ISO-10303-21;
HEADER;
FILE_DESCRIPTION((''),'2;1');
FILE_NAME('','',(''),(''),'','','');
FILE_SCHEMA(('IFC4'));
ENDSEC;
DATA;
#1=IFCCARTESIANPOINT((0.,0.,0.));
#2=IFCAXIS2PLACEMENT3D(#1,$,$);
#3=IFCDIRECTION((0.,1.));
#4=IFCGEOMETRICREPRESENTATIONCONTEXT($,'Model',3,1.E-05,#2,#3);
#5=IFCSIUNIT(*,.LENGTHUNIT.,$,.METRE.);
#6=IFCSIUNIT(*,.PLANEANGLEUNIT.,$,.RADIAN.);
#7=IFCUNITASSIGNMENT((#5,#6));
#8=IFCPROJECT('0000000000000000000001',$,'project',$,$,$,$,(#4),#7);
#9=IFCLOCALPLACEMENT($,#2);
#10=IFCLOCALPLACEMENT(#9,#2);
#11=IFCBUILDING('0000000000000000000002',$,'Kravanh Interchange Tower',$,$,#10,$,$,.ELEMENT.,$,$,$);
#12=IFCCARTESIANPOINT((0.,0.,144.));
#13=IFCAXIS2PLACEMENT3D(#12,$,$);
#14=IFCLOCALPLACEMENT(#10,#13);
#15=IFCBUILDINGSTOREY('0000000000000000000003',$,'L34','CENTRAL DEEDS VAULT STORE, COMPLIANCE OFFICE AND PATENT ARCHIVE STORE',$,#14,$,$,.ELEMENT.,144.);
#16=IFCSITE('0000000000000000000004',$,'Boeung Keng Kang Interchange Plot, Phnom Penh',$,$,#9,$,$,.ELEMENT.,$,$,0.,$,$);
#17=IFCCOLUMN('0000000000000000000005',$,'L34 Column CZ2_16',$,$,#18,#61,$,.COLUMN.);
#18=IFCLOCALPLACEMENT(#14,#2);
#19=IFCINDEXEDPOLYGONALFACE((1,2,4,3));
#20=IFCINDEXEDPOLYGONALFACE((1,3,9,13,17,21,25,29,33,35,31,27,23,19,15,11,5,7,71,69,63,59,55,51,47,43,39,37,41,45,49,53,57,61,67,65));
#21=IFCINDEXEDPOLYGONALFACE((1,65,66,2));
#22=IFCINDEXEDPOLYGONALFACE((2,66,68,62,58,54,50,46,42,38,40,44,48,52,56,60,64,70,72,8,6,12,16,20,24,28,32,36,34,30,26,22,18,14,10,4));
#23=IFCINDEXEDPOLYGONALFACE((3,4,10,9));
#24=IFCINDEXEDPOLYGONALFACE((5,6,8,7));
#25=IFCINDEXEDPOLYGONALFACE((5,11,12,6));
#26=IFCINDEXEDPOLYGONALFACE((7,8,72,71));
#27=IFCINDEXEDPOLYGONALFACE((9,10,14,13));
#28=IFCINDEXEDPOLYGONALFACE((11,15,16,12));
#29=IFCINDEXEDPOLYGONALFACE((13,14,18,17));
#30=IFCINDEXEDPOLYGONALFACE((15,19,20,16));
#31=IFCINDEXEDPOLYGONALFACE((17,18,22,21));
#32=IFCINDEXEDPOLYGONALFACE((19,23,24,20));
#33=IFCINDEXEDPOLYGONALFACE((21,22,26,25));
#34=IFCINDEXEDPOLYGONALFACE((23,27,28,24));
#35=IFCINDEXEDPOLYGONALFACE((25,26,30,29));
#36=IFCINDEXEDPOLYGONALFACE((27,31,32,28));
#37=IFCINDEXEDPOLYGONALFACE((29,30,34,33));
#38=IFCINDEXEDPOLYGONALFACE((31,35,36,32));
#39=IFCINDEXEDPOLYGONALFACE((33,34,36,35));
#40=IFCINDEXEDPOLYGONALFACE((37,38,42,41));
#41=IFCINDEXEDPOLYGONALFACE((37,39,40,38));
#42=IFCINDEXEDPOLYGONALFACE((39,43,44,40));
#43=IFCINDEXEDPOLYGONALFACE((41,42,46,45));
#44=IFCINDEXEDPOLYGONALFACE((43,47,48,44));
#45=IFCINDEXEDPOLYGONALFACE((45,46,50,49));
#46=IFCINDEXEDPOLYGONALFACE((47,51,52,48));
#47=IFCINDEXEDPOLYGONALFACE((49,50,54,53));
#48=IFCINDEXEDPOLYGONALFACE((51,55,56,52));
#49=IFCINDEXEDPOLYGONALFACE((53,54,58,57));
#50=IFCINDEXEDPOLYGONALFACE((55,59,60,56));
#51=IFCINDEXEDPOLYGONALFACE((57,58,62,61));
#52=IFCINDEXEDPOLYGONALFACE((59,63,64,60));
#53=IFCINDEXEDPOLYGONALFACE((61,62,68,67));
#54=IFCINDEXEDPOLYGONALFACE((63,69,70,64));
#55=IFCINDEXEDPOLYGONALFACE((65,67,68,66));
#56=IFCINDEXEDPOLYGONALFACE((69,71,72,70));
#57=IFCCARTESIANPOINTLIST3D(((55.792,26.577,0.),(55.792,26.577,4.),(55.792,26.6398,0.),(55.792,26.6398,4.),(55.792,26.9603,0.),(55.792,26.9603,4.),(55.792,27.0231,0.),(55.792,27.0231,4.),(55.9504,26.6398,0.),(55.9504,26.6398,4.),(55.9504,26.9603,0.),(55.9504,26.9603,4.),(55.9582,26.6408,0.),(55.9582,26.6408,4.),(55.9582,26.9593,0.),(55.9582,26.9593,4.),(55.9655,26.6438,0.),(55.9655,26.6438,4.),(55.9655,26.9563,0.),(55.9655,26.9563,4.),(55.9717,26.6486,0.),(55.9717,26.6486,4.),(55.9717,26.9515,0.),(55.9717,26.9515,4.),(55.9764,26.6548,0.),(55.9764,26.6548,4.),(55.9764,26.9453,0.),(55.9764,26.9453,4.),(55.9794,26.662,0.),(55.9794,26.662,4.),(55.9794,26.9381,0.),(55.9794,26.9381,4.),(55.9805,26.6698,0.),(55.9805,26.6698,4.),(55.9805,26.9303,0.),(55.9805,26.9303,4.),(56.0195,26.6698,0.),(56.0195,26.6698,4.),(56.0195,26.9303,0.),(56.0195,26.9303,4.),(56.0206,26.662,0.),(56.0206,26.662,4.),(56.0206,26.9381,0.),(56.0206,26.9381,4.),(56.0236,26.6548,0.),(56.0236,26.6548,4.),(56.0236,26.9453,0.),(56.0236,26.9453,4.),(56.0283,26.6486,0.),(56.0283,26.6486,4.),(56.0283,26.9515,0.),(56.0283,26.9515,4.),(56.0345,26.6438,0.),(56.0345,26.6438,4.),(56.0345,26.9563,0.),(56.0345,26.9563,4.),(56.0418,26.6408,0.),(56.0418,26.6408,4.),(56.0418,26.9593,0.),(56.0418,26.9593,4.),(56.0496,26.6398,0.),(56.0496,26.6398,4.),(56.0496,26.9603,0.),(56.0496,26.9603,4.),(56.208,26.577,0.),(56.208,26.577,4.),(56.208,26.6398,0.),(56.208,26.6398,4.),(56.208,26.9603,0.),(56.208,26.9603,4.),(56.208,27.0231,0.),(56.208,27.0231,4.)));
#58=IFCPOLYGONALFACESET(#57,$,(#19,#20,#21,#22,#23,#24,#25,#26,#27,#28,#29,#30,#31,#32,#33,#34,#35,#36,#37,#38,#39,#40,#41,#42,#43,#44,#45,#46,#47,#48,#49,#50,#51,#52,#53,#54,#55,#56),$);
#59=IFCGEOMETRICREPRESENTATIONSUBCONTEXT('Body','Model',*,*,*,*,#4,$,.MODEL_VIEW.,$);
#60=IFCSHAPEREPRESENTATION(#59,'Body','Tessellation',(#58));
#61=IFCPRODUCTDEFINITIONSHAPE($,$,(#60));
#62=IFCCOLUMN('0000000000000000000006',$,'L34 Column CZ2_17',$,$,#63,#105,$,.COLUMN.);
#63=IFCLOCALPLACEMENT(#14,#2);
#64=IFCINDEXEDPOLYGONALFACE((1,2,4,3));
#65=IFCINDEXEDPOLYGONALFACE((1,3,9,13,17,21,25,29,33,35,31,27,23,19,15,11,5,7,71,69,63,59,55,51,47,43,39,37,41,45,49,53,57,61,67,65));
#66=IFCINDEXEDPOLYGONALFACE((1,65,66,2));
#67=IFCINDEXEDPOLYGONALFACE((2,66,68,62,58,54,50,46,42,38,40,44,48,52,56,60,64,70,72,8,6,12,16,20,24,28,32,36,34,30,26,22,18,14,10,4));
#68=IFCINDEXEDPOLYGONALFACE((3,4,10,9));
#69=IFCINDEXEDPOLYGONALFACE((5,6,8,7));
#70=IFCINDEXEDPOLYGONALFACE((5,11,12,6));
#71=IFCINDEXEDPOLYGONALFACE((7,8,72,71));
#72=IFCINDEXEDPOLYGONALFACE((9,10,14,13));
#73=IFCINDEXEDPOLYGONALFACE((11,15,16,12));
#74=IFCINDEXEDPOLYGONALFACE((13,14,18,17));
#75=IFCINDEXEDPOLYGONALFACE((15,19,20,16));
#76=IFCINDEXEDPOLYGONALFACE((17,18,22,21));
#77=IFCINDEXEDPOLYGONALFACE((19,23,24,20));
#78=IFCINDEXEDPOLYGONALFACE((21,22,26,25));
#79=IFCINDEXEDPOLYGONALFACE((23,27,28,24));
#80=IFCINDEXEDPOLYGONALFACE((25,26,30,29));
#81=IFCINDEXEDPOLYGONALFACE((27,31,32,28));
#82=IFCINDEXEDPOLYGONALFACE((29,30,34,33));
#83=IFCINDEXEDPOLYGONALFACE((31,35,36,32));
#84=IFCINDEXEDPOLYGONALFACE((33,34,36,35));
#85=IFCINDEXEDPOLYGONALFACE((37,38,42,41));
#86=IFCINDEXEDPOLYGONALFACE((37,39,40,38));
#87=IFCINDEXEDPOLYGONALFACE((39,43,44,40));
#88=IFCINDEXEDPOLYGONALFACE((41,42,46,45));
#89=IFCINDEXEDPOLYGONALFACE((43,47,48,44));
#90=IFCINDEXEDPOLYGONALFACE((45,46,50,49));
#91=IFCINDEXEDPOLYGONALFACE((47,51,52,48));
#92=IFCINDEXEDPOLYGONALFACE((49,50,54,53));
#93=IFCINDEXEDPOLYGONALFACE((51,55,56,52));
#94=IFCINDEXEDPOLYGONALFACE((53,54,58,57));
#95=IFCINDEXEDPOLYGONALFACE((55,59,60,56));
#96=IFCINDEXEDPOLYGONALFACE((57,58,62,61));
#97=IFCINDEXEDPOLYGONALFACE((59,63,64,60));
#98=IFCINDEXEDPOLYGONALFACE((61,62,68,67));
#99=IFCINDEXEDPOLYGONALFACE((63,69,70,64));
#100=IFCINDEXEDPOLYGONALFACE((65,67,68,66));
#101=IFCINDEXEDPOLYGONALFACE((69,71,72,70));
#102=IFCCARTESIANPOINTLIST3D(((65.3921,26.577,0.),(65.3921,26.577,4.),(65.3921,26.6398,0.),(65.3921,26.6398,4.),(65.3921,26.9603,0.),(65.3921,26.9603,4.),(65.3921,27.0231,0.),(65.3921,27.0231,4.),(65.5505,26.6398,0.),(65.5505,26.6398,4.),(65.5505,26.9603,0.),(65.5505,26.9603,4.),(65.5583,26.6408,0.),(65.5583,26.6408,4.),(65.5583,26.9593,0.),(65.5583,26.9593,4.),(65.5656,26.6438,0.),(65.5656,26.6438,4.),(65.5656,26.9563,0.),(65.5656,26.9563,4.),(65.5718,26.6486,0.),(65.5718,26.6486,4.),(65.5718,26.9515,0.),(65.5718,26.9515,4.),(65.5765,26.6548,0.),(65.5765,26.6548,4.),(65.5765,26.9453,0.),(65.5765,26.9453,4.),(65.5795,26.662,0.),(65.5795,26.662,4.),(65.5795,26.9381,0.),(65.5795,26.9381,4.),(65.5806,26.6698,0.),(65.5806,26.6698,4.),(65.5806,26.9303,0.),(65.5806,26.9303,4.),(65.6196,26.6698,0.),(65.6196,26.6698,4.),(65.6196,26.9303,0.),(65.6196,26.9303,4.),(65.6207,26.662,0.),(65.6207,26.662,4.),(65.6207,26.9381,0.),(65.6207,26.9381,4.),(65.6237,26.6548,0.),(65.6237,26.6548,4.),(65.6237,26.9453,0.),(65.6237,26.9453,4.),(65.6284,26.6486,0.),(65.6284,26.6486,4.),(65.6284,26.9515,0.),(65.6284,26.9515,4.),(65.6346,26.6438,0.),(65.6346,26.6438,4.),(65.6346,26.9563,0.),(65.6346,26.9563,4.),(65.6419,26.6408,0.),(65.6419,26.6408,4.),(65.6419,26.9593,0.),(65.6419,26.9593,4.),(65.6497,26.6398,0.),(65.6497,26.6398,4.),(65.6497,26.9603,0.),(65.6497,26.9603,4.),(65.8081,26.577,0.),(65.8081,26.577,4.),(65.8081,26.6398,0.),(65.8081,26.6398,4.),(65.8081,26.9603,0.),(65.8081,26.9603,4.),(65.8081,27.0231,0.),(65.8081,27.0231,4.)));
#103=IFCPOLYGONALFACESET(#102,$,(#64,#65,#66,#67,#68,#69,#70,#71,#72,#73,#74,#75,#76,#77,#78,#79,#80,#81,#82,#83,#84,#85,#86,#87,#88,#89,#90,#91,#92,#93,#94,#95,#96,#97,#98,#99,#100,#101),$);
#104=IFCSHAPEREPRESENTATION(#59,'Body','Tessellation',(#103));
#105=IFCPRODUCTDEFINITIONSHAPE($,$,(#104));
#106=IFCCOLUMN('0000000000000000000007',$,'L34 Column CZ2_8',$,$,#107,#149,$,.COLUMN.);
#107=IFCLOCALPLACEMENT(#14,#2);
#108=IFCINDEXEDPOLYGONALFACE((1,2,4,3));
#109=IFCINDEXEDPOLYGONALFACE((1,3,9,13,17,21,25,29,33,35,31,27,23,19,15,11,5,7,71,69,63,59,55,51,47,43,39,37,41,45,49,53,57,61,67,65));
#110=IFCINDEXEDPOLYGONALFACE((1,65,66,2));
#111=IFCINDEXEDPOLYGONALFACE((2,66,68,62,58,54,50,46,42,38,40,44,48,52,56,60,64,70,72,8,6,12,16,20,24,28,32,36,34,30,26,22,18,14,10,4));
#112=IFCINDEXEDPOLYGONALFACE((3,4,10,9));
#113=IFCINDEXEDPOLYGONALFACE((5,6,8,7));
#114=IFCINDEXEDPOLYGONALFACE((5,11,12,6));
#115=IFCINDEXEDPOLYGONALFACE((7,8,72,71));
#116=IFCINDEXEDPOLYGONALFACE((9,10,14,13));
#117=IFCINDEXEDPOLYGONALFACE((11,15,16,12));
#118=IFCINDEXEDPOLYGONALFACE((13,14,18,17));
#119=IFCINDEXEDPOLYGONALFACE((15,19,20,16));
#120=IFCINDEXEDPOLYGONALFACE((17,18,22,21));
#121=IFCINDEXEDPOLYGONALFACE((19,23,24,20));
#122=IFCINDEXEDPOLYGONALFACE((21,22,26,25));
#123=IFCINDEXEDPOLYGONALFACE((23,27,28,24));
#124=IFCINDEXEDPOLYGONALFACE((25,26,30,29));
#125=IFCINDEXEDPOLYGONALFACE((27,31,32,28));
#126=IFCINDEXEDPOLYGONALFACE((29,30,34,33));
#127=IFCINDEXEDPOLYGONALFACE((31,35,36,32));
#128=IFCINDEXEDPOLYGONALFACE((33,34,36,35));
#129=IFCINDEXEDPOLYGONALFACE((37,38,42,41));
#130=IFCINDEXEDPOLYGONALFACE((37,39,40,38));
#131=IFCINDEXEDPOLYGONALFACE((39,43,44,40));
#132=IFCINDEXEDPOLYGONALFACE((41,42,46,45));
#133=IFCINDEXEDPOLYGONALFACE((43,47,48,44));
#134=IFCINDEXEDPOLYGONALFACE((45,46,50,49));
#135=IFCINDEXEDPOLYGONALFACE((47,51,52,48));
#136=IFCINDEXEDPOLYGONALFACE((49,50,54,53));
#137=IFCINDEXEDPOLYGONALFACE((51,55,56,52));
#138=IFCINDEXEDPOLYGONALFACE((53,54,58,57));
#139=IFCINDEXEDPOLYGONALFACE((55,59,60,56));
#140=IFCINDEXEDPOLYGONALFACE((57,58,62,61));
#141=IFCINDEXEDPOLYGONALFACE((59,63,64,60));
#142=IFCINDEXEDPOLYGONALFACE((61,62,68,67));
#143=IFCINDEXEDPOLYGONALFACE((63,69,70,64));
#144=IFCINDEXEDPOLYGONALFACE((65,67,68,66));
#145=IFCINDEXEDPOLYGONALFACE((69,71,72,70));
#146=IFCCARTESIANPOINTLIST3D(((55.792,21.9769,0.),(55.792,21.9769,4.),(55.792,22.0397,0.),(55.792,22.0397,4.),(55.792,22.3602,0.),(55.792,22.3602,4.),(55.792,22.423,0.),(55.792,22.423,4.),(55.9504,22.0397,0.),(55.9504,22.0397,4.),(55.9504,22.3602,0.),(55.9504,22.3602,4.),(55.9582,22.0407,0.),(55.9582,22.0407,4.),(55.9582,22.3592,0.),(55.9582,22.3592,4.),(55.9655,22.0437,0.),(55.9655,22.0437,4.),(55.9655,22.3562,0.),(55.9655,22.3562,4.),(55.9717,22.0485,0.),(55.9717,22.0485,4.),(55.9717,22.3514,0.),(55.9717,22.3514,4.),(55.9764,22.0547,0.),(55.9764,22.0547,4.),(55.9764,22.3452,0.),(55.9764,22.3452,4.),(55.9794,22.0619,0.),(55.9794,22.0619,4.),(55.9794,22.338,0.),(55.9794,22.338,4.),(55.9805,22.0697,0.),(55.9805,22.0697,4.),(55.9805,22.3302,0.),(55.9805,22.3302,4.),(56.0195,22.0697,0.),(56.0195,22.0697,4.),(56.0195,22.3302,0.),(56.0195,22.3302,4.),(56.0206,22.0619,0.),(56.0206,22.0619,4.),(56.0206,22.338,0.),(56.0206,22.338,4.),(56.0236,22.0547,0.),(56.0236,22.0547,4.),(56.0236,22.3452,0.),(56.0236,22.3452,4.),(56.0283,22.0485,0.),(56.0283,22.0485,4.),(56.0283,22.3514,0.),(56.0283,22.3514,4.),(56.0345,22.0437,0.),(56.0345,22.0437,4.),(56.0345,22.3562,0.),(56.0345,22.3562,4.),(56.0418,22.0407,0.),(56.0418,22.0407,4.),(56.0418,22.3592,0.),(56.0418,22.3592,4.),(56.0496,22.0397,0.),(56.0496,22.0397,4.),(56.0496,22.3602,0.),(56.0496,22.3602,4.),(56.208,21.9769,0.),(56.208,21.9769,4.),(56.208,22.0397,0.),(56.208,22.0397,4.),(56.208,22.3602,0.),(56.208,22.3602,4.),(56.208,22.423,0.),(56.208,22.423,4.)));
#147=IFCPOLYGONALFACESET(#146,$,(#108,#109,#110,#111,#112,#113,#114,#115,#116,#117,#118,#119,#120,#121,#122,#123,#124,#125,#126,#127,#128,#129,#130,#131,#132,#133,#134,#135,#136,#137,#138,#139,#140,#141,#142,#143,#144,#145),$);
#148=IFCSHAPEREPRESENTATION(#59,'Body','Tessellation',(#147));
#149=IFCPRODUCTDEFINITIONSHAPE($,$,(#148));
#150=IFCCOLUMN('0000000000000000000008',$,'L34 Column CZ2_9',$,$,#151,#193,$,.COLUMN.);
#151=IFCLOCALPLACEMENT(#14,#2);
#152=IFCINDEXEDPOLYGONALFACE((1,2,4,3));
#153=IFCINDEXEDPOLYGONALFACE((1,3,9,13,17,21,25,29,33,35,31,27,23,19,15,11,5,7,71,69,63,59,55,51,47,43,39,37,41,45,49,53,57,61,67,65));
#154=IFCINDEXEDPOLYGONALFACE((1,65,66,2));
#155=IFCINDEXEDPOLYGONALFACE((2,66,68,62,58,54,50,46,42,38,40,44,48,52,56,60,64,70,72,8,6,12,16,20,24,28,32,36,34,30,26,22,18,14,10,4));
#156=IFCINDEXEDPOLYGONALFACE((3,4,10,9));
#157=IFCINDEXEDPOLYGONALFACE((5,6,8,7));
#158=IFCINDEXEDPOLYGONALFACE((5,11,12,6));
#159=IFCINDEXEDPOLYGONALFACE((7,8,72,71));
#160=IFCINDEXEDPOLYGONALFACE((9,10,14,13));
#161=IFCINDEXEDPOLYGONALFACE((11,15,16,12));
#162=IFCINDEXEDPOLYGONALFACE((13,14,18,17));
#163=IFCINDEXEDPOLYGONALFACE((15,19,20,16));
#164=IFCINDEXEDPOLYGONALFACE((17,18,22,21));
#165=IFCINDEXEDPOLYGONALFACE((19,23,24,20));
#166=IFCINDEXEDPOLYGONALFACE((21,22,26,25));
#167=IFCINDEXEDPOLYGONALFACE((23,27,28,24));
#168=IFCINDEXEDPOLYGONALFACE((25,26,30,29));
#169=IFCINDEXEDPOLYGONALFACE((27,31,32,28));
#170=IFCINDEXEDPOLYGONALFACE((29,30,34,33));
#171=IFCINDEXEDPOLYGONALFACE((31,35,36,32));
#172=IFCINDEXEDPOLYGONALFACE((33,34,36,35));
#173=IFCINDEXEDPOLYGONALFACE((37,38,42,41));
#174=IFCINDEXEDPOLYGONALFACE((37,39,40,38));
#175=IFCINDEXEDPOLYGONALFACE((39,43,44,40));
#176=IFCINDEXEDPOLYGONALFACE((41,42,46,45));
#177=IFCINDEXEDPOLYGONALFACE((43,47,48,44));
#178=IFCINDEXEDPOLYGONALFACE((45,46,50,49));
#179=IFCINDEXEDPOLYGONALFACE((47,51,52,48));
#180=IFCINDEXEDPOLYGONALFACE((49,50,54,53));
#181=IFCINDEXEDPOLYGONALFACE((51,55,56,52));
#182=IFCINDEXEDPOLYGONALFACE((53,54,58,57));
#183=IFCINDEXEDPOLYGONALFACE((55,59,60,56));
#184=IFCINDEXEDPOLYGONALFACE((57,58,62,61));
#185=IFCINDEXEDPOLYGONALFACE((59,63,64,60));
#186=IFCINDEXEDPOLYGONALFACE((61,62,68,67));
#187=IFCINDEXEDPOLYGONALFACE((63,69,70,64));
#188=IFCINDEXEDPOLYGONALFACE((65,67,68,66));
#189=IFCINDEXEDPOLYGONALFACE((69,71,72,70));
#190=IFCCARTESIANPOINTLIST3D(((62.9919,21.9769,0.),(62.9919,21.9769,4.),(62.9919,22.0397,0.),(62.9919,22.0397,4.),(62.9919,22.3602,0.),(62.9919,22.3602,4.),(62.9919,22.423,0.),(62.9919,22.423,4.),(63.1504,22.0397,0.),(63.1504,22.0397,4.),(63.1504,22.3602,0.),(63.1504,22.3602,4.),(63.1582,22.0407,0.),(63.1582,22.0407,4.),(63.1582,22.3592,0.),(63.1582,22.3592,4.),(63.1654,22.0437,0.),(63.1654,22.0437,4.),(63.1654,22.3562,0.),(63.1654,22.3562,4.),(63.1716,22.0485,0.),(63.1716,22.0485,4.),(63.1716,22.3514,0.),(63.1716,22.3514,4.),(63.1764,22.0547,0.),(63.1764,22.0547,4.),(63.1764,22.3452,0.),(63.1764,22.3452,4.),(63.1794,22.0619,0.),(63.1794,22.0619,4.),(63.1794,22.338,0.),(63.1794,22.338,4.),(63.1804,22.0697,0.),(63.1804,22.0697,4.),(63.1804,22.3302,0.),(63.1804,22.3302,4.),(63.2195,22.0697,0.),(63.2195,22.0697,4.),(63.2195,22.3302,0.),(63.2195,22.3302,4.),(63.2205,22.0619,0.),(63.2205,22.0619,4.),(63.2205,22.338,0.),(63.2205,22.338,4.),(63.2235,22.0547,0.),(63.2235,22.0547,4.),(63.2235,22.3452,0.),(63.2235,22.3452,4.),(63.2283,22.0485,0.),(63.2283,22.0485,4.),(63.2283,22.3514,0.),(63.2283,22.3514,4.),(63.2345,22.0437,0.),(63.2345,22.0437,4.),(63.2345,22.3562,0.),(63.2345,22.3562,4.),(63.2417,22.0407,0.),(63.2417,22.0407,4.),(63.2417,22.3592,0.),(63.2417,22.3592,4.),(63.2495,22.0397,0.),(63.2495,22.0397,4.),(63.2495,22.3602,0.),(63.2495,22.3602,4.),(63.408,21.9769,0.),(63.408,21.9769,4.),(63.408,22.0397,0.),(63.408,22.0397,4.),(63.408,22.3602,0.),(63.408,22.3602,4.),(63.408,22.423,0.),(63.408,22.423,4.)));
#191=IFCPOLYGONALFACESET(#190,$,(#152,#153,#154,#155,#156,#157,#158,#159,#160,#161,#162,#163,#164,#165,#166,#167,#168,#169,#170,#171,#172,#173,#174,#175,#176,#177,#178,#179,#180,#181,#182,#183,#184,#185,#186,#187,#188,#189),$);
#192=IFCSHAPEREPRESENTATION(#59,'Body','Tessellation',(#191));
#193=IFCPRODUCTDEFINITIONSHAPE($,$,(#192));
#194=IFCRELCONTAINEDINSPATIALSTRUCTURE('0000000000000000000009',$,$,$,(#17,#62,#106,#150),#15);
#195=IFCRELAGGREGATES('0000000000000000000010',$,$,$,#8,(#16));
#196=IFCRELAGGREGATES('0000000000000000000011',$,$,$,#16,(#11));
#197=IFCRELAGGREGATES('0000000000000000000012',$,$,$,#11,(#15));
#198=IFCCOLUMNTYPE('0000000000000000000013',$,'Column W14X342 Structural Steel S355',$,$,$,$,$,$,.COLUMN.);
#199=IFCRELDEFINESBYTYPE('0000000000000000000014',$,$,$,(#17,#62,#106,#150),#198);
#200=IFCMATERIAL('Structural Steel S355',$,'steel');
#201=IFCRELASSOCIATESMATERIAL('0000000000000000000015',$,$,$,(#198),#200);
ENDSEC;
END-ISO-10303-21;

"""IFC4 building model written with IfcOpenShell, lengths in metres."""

from ifc_helpers import new_model, si_unit, direction, frame, origin, origin_2d, place, context, subcontext, project, spatial, i_section, extrude, material, material_profile, profile_set, type_object, element, save


model = new_model("IFC4")

# Units and contexts
model_context = context("Model", 3, precision=1e-05, world=origin(), true_north=direction((0.0, 1.0)))
body_context = subcontext(model_context, "Body", "Model", "MODEL_VIEW")
ifc_project = project(units=[si_unit("LENGTHUNIT", "METRE"), si_unit("PLANEANGLEUNIT", "RADIAN")], contexts=[model_context])

# Site, building, storey
site_placement = place(None, origin())
site = spatial("IfcSite", under=ifc_project, at=site_placement, Name="Boeung Keng Kang Interchange Plot, Phnom Penh", CompositionType="ELEMENT", RefElevation=0.0)
building_placement = place(site_placement, origin())
building = spatial("IfcBuilding", under=site, at=building_placement, Name="Kravanh Interchange Tower", CompositionType="ELEMENT")
storey_placement = place(building_placement, frame((0.0, 0.0, 144.0)))
storey = spatial("IfcBuildingStorey", under=building, at=storey_placement, Name="L34", Description="CENTRAL DEEDS VAULT STORE, COMPLIANCE OFFICE AND PATENT ARCHIVE STORE", CompositionType="ELEMENT", Elevation=144.0)

# Columns
ifc_material_1 = material(Name="Structural Steel S355", Category="steel")
ifc_material_profile_1 = material_profile(ifc_material_1, i_section(OverallWidth=0.416, OverallDepth=0.446, WebThickness=0.0391, FlangeThickness=0.0627, FilletRadius=0.03, at=origin_2d()), Name="W14X342")
ifc_profile_set_1 = profile_set([ifc_material_profile_1], Name="Structural Steel S355")
column_type = type_object("IfcColumnType", Name="Column W14X342 Structural Steel S355", PredefinedType="COLUMN", material=ifc_profile_set_1)
for number, where, z_axis, x_axis, name in (
    (1, (56.0, 26.8, 0.0), (0.0, 0.0, 1.0), (1.0, 0.0, 0.0), "L34 Column CZ2_16"),
    (2, (65.6001, 26.8, 0.0), (0.0, 0.0, 1.0), (1.0, 0.0, 0.0), "L34 Column CZ2_17"),
    (3, (56.0, 22.2, 0.0), (0.0, 0.0, 1.0), (1.0, 0.0, 0.0), "L34 Column CZ2_8"),
    (4, (63.2, 22.2, 0.0), (0.0, 0.0, 1.0), (1.0, 0.0, 0.0), "L34 Column CZ2_9"),
):
    element("IfcColumn", number, at=place(storey_placement, frame(where, z_axis=z_axis, x_axis=x_axis)), inside=storey, type_object=column_type, Name=name, PredefinedType="COLUMN", context=body_context, shape_type="SweptSolid", body=[
        extrude(i_section(OverallWidth=0.416, OverallDepth=0.446, WebThickness=0.0391, FlangeThickness=0.0627, FilletRadius=0.03, at=origin_2d()), origin(), (0.0, 0.0, 1.0), 4.0),
    ])

save(model, "model.ifc")
